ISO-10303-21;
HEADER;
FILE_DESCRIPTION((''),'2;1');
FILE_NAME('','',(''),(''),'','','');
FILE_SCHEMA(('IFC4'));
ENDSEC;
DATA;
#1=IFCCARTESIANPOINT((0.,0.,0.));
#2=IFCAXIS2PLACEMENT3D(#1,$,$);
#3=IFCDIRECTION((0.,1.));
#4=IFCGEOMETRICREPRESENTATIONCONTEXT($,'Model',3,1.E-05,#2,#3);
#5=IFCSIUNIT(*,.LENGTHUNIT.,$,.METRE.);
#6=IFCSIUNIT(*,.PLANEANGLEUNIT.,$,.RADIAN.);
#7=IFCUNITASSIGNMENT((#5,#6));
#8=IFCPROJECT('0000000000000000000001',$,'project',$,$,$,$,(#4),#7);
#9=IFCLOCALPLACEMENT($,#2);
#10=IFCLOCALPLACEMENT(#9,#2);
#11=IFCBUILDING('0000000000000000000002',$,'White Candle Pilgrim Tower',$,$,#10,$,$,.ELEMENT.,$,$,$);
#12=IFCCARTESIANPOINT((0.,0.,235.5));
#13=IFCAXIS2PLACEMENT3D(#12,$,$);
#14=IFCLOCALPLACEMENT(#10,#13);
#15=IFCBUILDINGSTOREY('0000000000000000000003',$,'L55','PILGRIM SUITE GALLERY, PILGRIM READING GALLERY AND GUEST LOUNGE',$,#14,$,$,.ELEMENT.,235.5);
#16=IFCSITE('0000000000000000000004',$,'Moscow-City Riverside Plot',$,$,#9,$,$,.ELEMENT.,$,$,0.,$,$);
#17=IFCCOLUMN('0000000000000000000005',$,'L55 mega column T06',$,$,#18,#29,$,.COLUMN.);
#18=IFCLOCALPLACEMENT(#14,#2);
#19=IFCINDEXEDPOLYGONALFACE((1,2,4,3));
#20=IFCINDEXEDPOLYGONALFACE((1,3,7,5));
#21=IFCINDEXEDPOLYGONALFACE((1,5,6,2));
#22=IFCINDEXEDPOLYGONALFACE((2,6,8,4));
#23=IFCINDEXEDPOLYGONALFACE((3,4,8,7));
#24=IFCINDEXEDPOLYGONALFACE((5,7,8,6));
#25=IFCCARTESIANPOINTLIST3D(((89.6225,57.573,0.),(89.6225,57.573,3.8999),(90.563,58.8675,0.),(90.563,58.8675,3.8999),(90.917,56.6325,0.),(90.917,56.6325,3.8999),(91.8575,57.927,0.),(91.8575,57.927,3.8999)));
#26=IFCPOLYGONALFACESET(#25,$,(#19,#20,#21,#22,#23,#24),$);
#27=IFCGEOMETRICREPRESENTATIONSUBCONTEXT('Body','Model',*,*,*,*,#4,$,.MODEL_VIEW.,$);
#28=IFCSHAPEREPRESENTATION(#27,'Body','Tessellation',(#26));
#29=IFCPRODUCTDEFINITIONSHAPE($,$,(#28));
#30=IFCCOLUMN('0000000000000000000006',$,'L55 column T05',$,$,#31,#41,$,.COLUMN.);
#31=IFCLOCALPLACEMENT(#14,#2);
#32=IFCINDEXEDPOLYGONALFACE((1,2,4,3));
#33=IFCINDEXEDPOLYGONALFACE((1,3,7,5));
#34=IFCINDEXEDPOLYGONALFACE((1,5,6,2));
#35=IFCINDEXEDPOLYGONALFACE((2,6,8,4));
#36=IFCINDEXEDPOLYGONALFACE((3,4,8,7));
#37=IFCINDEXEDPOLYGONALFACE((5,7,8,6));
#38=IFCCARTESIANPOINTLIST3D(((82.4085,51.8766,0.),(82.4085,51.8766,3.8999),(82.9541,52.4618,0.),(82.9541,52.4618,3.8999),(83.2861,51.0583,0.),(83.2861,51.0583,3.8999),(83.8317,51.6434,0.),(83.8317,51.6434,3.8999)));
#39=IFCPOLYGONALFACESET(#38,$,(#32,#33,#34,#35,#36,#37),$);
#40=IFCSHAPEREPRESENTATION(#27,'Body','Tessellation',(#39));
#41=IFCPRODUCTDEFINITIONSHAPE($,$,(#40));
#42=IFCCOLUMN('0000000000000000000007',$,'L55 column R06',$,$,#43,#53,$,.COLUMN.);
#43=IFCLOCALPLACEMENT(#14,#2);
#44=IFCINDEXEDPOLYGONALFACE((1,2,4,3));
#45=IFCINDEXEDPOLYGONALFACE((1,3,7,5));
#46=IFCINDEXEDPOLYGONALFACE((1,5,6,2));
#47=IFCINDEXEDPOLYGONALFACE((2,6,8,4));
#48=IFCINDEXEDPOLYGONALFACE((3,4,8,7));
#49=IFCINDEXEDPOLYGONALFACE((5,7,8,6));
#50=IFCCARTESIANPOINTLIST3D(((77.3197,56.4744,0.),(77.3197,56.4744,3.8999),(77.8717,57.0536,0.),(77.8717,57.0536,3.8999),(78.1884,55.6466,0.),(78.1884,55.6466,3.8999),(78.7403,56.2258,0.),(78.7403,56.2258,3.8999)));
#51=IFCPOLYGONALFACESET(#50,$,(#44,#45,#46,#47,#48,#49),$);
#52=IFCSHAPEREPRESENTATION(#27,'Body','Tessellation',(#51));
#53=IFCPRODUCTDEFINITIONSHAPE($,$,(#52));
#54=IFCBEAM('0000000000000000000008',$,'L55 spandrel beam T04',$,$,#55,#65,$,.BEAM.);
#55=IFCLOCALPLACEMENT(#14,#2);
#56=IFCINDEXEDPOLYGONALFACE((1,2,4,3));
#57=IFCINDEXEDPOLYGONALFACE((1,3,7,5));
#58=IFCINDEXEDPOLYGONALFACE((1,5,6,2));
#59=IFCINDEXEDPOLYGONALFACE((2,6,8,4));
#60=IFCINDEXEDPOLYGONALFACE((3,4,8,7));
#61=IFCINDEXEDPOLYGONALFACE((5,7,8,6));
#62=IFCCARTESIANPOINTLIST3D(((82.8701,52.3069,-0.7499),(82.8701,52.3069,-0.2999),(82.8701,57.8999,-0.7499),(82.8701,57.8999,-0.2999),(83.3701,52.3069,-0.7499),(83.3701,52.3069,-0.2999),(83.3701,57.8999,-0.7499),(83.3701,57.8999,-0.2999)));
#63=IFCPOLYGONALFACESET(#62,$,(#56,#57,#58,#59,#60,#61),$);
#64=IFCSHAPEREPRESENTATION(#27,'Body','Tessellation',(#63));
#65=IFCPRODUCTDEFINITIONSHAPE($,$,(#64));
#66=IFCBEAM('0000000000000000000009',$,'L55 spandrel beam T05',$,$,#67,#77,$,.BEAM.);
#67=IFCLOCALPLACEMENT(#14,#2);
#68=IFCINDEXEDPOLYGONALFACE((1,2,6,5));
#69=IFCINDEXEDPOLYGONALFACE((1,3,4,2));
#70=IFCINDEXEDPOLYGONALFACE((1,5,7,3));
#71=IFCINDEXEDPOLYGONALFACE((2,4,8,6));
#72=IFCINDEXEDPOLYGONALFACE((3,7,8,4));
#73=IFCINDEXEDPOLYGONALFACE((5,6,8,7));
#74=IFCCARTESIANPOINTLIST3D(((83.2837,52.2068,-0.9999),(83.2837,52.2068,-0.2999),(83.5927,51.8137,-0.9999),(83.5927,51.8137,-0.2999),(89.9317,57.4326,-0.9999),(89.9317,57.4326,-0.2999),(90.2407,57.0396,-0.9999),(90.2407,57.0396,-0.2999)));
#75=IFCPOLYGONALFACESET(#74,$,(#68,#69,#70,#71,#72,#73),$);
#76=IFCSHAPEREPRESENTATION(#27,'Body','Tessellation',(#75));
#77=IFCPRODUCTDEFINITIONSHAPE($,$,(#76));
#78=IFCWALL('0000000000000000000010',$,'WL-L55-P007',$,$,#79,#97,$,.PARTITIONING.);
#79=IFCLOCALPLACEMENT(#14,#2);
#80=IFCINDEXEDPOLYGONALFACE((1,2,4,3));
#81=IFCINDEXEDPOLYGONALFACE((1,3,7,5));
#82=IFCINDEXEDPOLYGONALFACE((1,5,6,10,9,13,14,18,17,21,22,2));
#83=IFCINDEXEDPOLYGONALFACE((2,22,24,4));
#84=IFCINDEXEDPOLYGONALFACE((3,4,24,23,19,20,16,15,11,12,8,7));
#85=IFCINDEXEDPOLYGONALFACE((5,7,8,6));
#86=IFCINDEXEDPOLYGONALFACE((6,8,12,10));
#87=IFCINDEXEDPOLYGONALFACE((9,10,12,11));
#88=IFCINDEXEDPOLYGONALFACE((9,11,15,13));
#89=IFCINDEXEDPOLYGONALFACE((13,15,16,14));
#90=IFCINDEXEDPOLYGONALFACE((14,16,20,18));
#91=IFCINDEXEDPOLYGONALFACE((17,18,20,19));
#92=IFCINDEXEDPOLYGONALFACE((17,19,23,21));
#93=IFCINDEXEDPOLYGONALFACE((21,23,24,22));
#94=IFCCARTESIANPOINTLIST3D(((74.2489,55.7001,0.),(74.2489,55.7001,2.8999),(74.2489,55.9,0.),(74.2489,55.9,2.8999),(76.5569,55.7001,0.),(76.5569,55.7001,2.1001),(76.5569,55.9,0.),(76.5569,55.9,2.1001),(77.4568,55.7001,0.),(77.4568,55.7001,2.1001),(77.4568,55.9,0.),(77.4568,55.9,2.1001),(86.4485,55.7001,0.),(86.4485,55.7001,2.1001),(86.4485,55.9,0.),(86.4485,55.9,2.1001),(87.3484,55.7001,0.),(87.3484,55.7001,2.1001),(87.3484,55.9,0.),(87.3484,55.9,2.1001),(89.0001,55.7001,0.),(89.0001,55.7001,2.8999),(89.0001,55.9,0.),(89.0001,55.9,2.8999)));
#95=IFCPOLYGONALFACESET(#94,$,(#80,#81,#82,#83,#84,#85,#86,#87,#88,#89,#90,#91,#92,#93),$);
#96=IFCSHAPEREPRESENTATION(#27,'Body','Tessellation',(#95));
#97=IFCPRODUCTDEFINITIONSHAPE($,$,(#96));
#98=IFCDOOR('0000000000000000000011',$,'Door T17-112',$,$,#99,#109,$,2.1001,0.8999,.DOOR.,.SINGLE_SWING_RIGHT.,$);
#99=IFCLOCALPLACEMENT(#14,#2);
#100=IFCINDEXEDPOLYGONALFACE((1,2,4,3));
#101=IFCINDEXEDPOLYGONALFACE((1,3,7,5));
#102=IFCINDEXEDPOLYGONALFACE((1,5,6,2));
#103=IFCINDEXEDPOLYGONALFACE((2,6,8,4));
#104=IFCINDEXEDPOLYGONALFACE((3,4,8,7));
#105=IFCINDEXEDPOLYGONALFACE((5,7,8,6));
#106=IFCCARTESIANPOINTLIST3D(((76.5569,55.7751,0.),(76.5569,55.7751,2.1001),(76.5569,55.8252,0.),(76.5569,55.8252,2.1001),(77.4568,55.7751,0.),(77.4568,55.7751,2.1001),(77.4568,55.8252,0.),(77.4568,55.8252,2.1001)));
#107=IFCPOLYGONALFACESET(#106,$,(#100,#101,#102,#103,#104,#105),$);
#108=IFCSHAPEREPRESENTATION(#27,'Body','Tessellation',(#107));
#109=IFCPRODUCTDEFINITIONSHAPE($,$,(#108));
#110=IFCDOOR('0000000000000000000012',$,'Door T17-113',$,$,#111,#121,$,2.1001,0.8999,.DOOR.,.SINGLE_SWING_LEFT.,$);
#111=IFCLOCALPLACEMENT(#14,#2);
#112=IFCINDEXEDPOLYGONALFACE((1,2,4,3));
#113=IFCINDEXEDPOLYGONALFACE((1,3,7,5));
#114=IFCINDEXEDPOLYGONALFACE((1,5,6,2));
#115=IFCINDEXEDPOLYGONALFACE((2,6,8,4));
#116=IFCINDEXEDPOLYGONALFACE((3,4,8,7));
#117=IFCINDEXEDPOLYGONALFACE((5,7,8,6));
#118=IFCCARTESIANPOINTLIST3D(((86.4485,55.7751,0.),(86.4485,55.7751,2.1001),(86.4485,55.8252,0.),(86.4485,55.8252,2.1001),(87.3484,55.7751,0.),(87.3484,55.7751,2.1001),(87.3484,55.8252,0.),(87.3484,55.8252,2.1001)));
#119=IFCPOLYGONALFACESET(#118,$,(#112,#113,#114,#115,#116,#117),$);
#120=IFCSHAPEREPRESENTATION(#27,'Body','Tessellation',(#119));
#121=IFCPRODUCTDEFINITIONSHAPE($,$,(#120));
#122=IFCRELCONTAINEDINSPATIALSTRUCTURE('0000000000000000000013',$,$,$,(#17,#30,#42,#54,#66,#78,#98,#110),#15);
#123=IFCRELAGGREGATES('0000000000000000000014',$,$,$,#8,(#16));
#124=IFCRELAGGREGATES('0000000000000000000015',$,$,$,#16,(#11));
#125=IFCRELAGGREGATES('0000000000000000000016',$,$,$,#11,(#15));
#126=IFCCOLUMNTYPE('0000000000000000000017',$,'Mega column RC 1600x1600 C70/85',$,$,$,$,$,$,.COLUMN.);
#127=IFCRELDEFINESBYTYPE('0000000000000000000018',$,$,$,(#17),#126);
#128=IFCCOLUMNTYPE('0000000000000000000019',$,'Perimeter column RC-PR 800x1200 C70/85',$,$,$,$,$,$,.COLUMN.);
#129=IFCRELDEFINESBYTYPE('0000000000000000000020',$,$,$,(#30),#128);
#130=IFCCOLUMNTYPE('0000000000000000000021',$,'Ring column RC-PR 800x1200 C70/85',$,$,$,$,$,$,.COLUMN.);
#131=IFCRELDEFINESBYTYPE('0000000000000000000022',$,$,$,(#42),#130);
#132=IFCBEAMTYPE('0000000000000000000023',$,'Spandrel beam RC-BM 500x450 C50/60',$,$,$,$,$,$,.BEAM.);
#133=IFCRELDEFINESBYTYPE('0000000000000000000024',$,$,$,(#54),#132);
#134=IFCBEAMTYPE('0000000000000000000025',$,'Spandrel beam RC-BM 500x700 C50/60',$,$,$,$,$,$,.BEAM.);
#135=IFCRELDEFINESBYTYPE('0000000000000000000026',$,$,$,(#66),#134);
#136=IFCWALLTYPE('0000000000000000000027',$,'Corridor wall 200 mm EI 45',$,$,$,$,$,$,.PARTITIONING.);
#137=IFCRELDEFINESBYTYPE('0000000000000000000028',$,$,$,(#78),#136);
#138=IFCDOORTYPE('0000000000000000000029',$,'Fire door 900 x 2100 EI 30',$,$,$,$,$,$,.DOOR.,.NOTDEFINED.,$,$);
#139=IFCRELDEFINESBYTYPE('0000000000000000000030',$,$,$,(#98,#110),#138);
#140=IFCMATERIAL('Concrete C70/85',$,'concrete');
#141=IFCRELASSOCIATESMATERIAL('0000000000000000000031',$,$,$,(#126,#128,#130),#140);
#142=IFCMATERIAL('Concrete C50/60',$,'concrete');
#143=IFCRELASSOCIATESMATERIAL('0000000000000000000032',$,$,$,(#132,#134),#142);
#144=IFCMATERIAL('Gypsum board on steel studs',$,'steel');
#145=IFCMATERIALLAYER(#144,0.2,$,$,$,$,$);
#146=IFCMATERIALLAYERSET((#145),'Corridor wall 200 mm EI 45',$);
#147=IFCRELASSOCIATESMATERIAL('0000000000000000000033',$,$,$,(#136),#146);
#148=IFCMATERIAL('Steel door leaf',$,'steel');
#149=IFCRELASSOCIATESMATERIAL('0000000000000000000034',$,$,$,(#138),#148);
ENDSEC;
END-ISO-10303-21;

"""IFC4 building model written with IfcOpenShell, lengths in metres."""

from ifc_helpers import new_model, si_unit, direction, frame, frame_2d, origin, origin_2d, place, context, subcontext, project, spatial, rectangle, extrude, material, layer, layer_set, material_profile, profile_set, type_object, element, fill, save


model = new_model("IFC4")

# Units and contexts
model_context = context("Model", 3, precision=1e-05, world=origin(), true_north=direction((0.0, 1.0)))
body_context = subcontext(model_context, "Body", "Model", "MODEL_VIEW")
ifc_project = project(units=[si_unit("LENGTHUNIT", "METRE"), si_unit("PLANEANGLEUNIT", "RADIAN")], contexts=[model_context])

# Site, building, storey
site_placement = place(None, origin())
site = spatial("IfcSite", under=ifc_project, at=site_placement, Name="Moscow-City Riverside Plot", CompositionType="ELEMENT", RefElevation=0.0)
building_placement = place(site_placement, origin())
building = spatial("IfcBuilding", under=site, at=building_placement, Name="White Candle Pilgrim Tower", CompositionType="ELEMENT")
storey_placement = place(building_placement, frame((0.0, 0.0, 235.5)))
storey = spatial("IfcBuildingStorey", under=building, at=storey_placement, Name="L55", Description="PILGRIM SUITE GALLERY, PILGRIM READING GALLERY AND GUEST LOUNGE", CompositionType="ELEMENT", Elevation=235.5)

# Columns
ifc_material_1 = material(Name="Concrete C70/85", Category="concrete")
ifc_material_profile_1 = material_profile(ifc_material_1, rectangle(XDim=1.6001, YDim=1.6001, at=origin_2d()), Name="RC 1600x1600")
ifc_profile_set_1 = profile_set([ifc_material_profile_1], Name="Concrete C70/85")
column_type_1 = type_object("IfcColumnType", Name="Mega column RC 1600x1600 C70/85", PredefinedType="COLUMN", material=ifc_profile_set_1)
column_1_placement = place(storey_placement, frame((90.74, 57.75, 0.0), z_axis=(0.0, 0.0, 1.0), x_axis=(0.809017, -0.587785, 0.0)))
element("IfcColumn", 1, at=column_1_placement, inside=storey, type_object=column_type_1, Name="L55 mega column T06", PredefinedType="COLUMN", context=body_context, shape_type="SweptSolid", body=[
    extrude(rectangle(XDim=1.6001, YDim=1.6001, at=origin_2d()), origin(), (0.0, 0.0, 1.0), 3.8999),
])
ifc_material_profile_2 = material_profile(ifc_material_1, rectangle(XDim=0.8, YDim=1.2, at=origin_2d()), Name="RC-PR 800x1200")
ifc_profile_set_2 = profile_set([ifc_material_profile_2], Name="Concrete C70/85")
column_type_2 = type_object("IfcColumnType", Name="Perimeter column RC-PR 800x1200 C70/85", PredefinedType="COLUMN", material=ifc_profile_set_2)
column_2_placement = place(storey_placement, frame((83.1201, 51.76, 0.0), z_axis=(0.0, 0.0, 1.0), x_axis=(-0.681998, -0.731354, 0.0)))
element("IfcColumn", 2, at=column_2_placement, inside=storey, type_object=column_type_2, Name="L55 column T05", PredefinedType="COLUMN", context=body_context, shape_type="SweptSolid", body=[
    extrude(rectangle(XDim=0.8, YDim=1.2, at=origin_2d()), origin(), (0.0, 0.0, 1.0), 3.8999),
])
ifc_material_profile_3 = material_profile(ifc_material_1, rectangle(XDim=0.8, YDim=1.2, at=origin_2d()), Name="RC-PR 800x1200")
ifc_profile_set_3 = profile_set([ifc_material_profile_3], Name="Concrete C70/85")
column_type_3 = type_object("IfcColumnType", Name="Ring column RC-PR 800x1200 C70/85", PredefinedType="COLUMN", material=ifc_profile_set_3)
column_3_placement = place(storey_placement, frame((78.03, 56.3501, 0.0), z_axis=(0.0, 0.0, 1.0), x_axis=(-0.689872, -0.723931, 0.0)))
element("IfcColumn", 3, at=column_3_placement, inside=storey, type_object=column_type_3, Name="L55 column R06", PredefinedType="COLUMN", context=body_context, shape_type="SweptSolid", body=[
    extrude(rectangle(XDim=0.8, YDim=1.2, at=origin_2d()), origin(), (0.0, 0.0, 1.0), 3.8999),
])

# Beams
ifc_material_2 = material(Name="Concrete C50/60", Category="concrete")
ifc_material_profile_4 = material_profile(ifc_material_2, rectangle(XDim=0.5, YDim=0.45, at=origin_2d()), Name="RC-BM 500x450")
ifc_profile_set_4 = profile_set([ifc_material_profile_4], Name="Concrete C50/60")
beam_type_1 = type_object("IfcBeamType", Name="Spandrel beam RC-BM 500x450 C50/60", PredefinedType="BEAM", material=ifc_profile_set_4)
beam_1_placement = place(storey_placement, frame((83.1201, 52.3069, -0.5249), z_axis=(0.0, 1.0, 0.0), x_axis=(-1.0, 0.0, 0.0)))
element("IfcBeam", 4, at=beam_1_placement, inside=storey, type_object=beam_type_1, Name="L55 spandrel beam T04", PredefinedType="BEAM", context=body_context, shape_type="SweptSolid", body=[
    extrude(rectangle(XDim=0.5, YDim=0.45, at=origin_2d()), origin(), (0.0, 0.0, 1.0), 5.593),
])
ifc_material_profile_5 = material_profile(ifc_material_2, rectangle(XDim=0.5, YDim=0.7, at=origin_2d()), Name="RC-BM 500x700")
ifc_profile_set_5 = profile_set([ifc_material_profile_5], Name="Concrete C50/60")
beam_type_2 = type_object("IfcBeamType", Name="Spandrel beam RC-BM 500x700 C50/60", PredefinedType="BEAM", material=ifc_profile_set_5)
beam_2_placement = place(storey_placement, frame((83.4382, 52.0103, -0.6499), z_axis=(0.786178, 0.618, 0.0), x_axis=(-0.618, 0.786178, 0.0)))
element("IfcBeam", 5, at=beam_2_placement, inside=storey, type_object=beam_type_2, Name="L55 spandrel beam T05", PredefinedType="BEAM", context=body_context, shape_type="SweptSolid", body=[
    extrude(rectangle(XDim=0.5, YDim=0.7, at=origin_2d()), origin(), (0.0, 0.0, 1.0), 8.4561),
])

# Wall, openings, doors
ifc_material_3 = material(Name="Gypsum board on steel studs", Category="steel")
ifc_layer_1 = layer(ifc_material_3, 0.2)
ifc_layer_set_1 = layer_set([ifc_layer_1], Name="Corridor wall 200 mm EI 45")
wall_type_1 = type_object("IfcWallType", Name="Corridor wall 200 mm EI 45", PredefinedType="PARTITIONING", material=ifc_layer_set_1)
wall_1_placement = place(storey_placement, frame((89.0, 55.8, 0.0), z_axis=(0.0, 0.0, 1.0), x_axis=(-1.0, 0.0, 0.0)))
wall_1 = element("IfcWall", 6, at=wall_1_placement, inside=storey, type_object=wall_type_1, Name="WL-L55-P007", PredefinedType="PARTITIONING", context=body_context, shape_type="SweptSolid", body=[
    extrude(rectangle(XDim=14.7512, YDim=0.2, at=frame_2d((7.3755, 0.0))), origin(), (0.0, 0.0, 1.0), 2.8999),
])
opening_1_placement = place(wall_1_placement, frame((11.5432, 0.0, 0.0)))
opening_1 = element("IfcOpeningElement", 7, at=opening_1_placement, cuts=wall_1, PredefinedType="OPENING", context=body_context, shape_type="SweptSolid", body=[
    extrude(rectangle(XDim=0.8999, YDim=2.1001, at=frame_2d((0.45, 1.05))), frame((0.0, 0.1099, 0.0), z_axis=(0.0, -1.0, 0.0), x_axis=(1.0, 0.0, 0.0)), (0.0, 0.0, 1.0), 0.22),
])
opening_2_placement = place(wall_1_placement, frame((1.6516, 0.0, 0.0)))
opening_2 = element("IfcOpeningElement", 8, at=opening_2_placement, cuts=wall_1, PredefinedType="OPENING", context=body_context, shape_type="SweptSolid", body=[
    extrude(rectangle(XDim=0.8999, YDim=2.1001, at=frame_2d((0.45, 1.05))), frame((0.0, 0.1099, 0.0), z_axis=(0.0, -1.0, 0.0), x_axis=(1.0, 0.0, 0.0)), (0.0, 0.0, 1.0), 0.22),
])
ifc_material_4 = material(Name="Steel door leaf", Category="steel")
door_type_1 = type_object("IfcDoorType", Name="Fire door 900 x 2100 EI 30", OperationType="NOTDEFINED", PredefinedType="DOOR", material=ifc_material_4)
door_1_placement = place(opening_1_placement, origin())
door_1 = element("IfcDoor", 9, at=door_1_placement, inside=storey, type_object=door_type_1, Name="Door T17-112", OperationType="SINGLE_SWING_RIGHT", OverallHeight=2.1001, OverallWidth=0.8999, PredefinedType="DOOR", context=body_context, shape_type="SweptSolid", body=[
    extrude(rectangle(XDim=0.8999, YDim=2.1001, at=frame_2d((0.45, 1.05))), frame((0.0, 0.0249, 0.0), z_axis=(0.0, -1.0, 0.0), x_axis=(1.0, 0.0, 0.0)), (0.0, 0.0, 1.0), 0.05),
])
fill(opening_1, door_1)
door_2_placement = place(opening_2_placement, origin())
door_2 = element("IfcDoor", 10, at=door_2_placement, inside=storey, type_object=door_type_1, Name="Door T17-113", OperationType="SINGLE_SWING_LEFT", OverallHeight=2.1001, OverallWidth=0.8999, PredefinedType="DOOR", context=body_context, shape_type="SweptSolid", body=[
    extrude(rectangle(XDim=0.8999, YDim=2.1001, at=frame_2d((0.45, 1.05))), frame((0.0, 0.0249, 0.0), z_axis=(0.0, -1.0, 0.0), x_axis=(1.0, 0.0, 0.0)), (0.0, 0.0, 1.0), 0.05),
])
fill(opening_2, door_2)

save(model, "model.ifc")
